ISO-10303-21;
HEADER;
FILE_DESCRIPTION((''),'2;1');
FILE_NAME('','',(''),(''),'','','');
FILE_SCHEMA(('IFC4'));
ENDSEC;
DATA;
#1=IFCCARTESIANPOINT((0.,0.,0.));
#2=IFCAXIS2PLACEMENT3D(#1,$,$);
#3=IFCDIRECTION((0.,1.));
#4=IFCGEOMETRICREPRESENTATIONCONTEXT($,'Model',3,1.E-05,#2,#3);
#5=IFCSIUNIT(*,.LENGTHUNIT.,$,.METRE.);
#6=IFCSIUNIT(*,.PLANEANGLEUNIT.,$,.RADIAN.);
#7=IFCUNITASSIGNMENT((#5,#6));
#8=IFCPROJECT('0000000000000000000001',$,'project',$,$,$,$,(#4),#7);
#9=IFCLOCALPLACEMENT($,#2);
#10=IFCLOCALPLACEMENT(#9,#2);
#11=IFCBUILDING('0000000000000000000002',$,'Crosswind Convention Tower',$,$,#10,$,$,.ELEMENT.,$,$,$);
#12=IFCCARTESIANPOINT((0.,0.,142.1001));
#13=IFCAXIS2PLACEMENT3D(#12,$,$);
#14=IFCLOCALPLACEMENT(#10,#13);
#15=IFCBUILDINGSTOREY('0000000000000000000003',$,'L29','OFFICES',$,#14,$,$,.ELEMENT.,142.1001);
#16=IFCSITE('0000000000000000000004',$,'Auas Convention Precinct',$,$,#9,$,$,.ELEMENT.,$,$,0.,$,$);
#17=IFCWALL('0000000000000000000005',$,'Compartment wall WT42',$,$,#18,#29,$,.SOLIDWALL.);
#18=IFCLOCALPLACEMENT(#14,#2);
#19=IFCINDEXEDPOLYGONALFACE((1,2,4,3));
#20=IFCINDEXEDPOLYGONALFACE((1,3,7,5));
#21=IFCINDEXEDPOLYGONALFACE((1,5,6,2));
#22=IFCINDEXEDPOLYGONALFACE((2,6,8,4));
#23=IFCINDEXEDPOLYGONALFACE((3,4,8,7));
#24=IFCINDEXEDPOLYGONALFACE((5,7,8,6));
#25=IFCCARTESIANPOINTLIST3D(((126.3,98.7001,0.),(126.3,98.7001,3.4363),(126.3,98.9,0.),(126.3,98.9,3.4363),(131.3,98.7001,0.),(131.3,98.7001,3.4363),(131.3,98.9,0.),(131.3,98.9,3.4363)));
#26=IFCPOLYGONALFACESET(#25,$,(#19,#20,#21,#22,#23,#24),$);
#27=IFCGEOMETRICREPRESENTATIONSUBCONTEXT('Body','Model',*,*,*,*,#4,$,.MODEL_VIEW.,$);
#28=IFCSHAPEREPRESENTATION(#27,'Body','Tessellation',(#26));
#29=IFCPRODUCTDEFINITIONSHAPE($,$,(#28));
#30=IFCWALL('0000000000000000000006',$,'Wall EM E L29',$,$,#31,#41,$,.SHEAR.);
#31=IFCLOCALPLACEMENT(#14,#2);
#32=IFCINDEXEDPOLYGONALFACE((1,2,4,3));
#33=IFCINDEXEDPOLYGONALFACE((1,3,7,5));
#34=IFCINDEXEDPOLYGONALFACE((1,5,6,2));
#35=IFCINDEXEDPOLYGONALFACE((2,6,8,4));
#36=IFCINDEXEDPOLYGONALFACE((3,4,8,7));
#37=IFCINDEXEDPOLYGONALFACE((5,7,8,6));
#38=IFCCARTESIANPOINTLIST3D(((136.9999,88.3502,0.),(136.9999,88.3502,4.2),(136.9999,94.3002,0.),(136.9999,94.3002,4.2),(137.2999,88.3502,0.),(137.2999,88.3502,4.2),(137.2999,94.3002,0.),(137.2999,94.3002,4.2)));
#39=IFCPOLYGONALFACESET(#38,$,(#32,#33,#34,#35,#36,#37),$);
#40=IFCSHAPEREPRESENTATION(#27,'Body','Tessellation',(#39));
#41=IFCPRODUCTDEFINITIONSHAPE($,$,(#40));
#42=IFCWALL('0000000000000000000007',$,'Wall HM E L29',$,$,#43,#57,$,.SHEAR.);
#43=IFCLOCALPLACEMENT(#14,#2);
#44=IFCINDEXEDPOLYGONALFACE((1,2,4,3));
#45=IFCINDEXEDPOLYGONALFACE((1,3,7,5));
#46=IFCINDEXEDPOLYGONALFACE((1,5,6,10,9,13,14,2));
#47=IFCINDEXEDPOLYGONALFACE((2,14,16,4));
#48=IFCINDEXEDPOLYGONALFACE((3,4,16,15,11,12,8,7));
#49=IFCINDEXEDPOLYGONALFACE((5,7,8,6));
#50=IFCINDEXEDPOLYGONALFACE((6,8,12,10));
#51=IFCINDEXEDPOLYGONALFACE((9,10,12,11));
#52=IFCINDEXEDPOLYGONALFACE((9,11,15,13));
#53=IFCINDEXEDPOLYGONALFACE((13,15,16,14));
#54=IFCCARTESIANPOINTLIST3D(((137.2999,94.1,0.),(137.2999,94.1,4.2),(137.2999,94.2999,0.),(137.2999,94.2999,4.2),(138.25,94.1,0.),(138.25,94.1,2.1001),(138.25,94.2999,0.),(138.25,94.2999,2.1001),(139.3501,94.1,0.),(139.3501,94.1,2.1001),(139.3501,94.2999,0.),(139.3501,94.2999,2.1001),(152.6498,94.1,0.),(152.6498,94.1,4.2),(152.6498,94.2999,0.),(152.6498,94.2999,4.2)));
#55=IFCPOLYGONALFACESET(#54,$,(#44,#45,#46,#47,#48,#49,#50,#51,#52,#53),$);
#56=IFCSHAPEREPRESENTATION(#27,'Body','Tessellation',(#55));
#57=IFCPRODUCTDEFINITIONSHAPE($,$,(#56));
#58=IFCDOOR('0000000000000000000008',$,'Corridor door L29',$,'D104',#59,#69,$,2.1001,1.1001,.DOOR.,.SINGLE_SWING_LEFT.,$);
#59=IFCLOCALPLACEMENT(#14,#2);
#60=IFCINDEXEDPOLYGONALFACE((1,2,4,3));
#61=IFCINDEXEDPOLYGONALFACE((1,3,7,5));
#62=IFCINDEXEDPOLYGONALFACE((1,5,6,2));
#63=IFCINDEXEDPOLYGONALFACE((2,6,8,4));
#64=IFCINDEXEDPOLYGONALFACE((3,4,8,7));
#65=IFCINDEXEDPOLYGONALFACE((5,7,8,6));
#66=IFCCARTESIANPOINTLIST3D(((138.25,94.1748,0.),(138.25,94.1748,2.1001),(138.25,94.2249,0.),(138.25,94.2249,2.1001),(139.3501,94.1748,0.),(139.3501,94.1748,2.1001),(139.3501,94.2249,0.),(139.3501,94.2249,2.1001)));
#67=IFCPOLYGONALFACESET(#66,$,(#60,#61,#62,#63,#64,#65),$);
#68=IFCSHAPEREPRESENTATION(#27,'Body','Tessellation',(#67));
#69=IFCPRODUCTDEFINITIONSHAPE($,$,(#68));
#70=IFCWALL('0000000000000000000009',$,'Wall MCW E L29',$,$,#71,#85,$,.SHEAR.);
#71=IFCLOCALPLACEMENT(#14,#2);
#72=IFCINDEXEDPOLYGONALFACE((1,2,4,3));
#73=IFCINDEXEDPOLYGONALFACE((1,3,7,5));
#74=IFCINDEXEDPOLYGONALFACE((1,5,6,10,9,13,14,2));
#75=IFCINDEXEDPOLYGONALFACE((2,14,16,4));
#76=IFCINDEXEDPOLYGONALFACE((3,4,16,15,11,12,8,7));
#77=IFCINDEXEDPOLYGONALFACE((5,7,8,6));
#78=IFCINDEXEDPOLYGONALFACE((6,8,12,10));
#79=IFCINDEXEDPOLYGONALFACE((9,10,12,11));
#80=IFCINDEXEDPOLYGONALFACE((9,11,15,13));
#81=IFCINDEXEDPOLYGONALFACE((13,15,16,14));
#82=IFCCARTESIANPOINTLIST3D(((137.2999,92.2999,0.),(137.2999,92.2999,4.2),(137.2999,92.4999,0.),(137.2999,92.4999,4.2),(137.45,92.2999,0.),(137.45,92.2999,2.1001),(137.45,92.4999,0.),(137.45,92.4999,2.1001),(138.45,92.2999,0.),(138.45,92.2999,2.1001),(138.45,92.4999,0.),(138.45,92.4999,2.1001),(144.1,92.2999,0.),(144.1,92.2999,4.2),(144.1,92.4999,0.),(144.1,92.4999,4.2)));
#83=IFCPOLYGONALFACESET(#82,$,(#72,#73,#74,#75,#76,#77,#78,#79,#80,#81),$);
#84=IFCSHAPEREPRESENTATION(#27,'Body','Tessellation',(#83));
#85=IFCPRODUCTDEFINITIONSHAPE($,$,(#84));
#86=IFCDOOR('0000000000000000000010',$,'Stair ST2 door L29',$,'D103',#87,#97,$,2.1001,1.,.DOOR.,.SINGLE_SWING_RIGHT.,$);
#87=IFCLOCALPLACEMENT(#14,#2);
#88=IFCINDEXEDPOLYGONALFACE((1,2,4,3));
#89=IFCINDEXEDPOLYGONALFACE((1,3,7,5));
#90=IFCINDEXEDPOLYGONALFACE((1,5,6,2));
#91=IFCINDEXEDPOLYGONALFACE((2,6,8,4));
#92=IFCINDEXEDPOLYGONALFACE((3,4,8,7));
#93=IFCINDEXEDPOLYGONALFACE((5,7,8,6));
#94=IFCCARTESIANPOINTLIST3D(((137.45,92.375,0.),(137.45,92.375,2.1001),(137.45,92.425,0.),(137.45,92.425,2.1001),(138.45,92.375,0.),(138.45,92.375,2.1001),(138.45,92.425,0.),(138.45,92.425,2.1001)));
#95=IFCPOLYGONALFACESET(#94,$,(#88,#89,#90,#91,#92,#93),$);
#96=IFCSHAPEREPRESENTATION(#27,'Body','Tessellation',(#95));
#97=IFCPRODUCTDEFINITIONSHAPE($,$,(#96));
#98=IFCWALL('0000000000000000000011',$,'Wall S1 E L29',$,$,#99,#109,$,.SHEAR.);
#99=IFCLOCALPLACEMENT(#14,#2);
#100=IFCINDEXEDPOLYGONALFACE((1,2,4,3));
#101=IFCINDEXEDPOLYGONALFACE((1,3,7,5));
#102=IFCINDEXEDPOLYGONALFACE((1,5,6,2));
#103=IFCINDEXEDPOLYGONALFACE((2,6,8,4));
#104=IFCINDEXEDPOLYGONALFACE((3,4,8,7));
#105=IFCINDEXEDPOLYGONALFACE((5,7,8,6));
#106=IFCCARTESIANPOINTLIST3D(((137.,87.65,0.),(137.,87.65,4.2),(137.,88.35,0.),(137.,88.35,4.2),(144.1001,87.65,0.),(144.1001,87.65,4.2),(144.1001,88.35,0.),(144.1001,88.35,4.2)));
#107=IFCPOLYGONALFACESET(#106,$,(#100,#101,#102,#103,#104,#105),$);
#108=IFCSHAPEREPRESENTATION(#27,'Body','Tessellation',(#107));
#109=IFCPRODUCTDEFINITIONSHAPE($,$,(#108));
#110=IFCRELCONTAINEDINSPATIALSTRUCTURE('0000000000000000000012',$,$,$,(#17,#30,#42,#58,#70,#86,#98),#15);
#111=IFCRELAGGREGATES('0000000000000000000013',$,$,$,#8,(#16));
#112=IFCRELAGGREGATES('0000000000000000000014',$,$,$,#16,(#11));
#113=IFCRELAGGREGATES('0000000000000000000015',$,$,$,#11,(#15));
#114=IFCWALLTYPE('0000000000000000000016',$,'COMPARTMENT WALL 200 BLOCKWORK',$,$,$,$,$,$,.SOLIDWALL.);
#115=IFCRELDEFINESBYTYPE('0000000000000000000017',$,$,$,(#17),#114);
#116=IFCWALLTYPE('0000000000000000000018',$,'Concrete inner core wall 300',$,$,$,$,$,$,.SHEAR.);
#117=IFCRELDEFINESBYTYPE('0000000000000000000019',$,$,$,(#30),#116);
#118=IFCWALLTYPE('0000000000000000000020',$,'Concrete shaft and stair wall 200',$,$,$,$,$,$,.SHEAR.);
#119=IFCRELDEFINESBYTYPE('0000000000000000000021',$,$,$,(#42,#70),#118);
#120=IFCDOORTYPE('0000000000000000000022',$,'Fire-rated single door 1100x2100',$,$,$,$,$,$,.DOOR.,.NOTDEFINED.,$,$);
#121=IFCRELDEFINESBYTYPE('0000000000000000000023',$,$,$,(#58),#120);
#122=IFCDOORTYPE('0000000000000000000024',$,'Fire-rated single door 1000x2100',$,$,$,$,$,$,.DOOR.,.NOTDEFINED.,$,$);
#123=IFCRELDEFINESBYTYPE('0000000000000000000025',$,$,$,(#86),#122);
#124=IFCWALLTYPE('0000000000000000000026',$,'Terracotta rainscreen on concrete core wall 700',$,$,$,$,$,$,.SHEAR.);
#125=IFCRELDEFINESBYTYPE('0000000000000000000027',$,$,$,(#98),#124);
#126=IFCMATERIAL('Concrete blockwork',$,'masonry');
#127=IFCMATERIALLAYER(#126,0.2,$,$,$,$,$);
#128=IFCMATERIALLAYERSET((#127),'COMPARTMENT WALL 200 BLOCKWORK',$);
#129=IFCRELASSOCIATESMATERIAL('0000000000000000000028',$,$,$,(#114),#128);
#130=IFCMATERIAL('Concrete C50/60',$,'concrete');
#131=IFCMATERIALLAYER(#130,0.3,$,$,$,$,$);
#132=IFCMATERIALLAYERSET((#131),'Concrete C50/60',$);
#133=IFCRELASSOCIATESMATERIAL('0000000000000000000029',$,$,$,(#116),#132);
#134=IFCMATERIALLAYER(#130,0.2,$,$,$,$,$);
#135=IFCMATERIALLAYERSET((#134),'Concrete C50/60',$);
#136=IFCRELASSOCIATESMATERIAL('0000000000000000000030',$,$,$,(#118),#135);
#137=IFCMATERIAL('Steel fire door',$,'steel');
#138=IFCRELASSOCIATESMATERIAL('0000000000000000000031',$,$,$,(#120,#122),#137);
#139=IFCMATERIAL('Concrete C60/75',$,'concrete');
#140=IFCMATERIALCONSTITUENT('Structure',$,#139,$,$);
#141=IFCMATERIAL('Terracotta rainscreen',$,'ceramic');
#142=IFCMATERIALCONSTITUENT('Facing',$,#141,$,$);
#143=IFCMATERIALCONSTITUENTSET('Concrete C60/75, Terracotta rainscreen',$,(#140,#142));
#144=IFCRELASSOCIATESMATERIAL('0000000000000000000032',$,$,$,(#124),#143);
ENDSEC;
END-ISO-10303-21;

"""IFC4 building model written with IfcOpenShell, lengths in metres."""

from ifc_helpers import new_model, si_unit, direction, frame, frame_2d, origin, place, context, subcontext, project, spatial, rectangle, extrude, material, layer, layer_set, constituent, constituent_set, type_object, element, fill, save


model = new_model("IFC4")

# Units and contexts
model_context = context("Model", 3, precision=1e-05, world=origin(), true_north=direction((0.0, 1.0)))
body_context = subcontext(model_context, "Body", "Model", "MODEL_VIEW")
ifc_project = project(units=[si_unit("LENGTHUNIT", "METRE"), si_unit("PLANEANGLEUNIT", "RADIAN")], contexts=[model_context])

# Site, building, storey
site_placement = place(None, origin())
site = spatial("IfcSite", under=ifc_project, at=site_placement, Name="Auas Convention Precinct", CompositionType="ELEMENT", RefElevation=0.0)
building_placement = place(site_placement, origin())
building = spatial("IfcBuilding", under=site, at=building_placement, Name="Crosswind Convention Tower", CompositionType="ELEMENT")
storey_placement = place(building_placement, frame((0.0, 0.0, 142.1001)))
storey = spatial("IfcBuildingStorey", under=building, at=storey_placement, Name="L29", Description="OFFICES", CompositionType="ELEMENT", Elevation=142.1001)

# Wall
ifc_material_1 = material(Name="Concrete blockwork", Category="masonry")
ifc_layer_1 = layer(ifc_material_1, 0.2)
ifc_layer_set_1 = layer_set([ifc_layer_1], Name="COMPARTMENT WALL 200 BLOCKWORK")
wall_type_1 = type_object("IfcWallType", Name="COMPARTMENT WALL 200 BLOCKWORK", PredefinedType="SOLIDWALL", material=ifc_layer_set_1)
wall_1_placement = place(storey_placement, frame((126.3, 98.8, 0.0), z_axis=(0.0, 0.0, 1.0), x_axis=(1.0, 0.0, 0.0)))
element("IfcWall", 1, at=wall_1_placement, inside=storey, type_object=wall_type_1, Name="Compartment wall WT42", PredefinedType="SOLIDWALL", context=body_context, shape_type="SweptSolid", body=[
    extrude(rectangle(XDim=5.0, YDim=0.2, at=frame_2d((2.5, 0.0))), origin(), (0.0, 0.0, 1.0), 3.4363),
])

# Shared definitions
ifc_material_2 = material(Name="Concrete C50/60", Category="concrete")
ifc_layer_2 = layer(ifc_material_2, 0.3)
ifc_layer_set_2 = layer_set([ifc_layer_2], Name="Concrete C50/60")
wall_type_2 = type_object("IfcWallType", Name="Concrete inner core wall 300", PredefinedType="SHEAR", material=ifc_layer_set_2)

# Wall
wall_2_placement = place(storey_placement, frame((137.1499, 88.3501, 0.0), z_axis=(0.0, 0.0, 1.0), x_axis=(0.0, 1.0, 0.0)))
element("IfcWall", 2, at=wall_2_placement, inside=storey, type_object=wall_type_2, Name="Wall EM E L29", PredefinedType="SHEAR", context=body_context, shape_type="SweptSolid", body=[
    extrude(rectangle(XDim=5.95, YDim=0.3, at=frame_2d((2.9751, 0.0))), origin(), (0.0, 0.0, 1.0), 4.2),
])

# Walls, openings, doors
ifc_layer_3 = layer(ifc_material_2, 0.2)
ifc_layer_set_3 = layer_set([ifc_layer_3], Name="Concrete C50/60")
wall_type_3 = type_object("IfcWallType", Name="Concrete shaft and stair wall 200", PredefinedType="SHEAR", material=ifc_layer_set_3)
wall_3_placement = place(storey_placement, frame((137.3, 94.2, 0.0), z_axis=(0.0, 0.0, 1.0), x_axis=(1.0, 0.0, 0.0)))
wall_3 = element("IfcWall", 3, at=wall_3_placement, inside=storey, type_object=wall_type_3, Name="Wall HM E L29", PredefinedType="SHEAR", context=body_context, shape_type="SweptSolid", body=[
    extrude(rectangle(XDim=15.3499, YDim=0.2, at=frame_2d((7.6748, 0.0))), origin(), (0.0, 0.0, 1.0), 4.2),
])
opening_1_placement = place(wall_3_placement, frame((0.95, 0.0, 0.0)))
opening_1 = element("IfcOpeningElement", 4, at=opening_1_placement, cuts=wall_3, PredefinedType="OPENING", context=body_context, shape_type="SweptSolid", body=[
    extrude(rectangle(XDim=1.1001, YDim=2.1001, at=frame_2d((0.55, 1.05))), frame((0.0, 0.1099, 0.0), z_axis=(0.0, -1.0, 0.0), x_axis=(1.0, 0.0, 0.0)), (0.0, 0.0, 1.0), 0.22),
])
ifc_material_3 = material(Name="Steel fire door", Category="steel")
door_type_1 = type_object("IfcDoorType", Name="Fire-rated single door 1100x2100", OperationType="NOTDEFINED", PredefinedType="DOOR", material=ifc_material_3)
door_1_placement = place(opening_1_placement, origin())
door_1 = element("IfcDoor", 5, at=door_1_placement, inside=storey, type_object=door_type_1, Name="Corridor door L29", ObjectType="D104", OperationType="SINGLE_SWING_LEFT", OverallHeight=2.1001, OverallWidth=1.1001, PredefinedType="DOOR", context=body_context, shape_type="SweptSolid", body=[
    extrude(rectangle(XDim=1.1001, YDim=2.1001, at=frame_2d((0.55, 1.05))), frame((0.0, 0.0249, 0.0), z_axis=(0.0, -1.0, 0.0), x_axis=(1.0, 0.0, 0.0)), (0.0, 0.0, 1.0), 0.05),
])
fill(opening_1, door_1)
wall_4_placement = place(storey_placement, frame((137.3, 92.3999, 0.0), z_axis=(0.0, 0.0, 1.0), x_axis=(1.0, 0.0, 0.0)))
wall_4 = element("IfcWall", 6, at=wall_4_placement, inside=storey, type_object=wall_type_3, Name="Wall MCW E L29", PredefinedType="SHEAR", context=body_context, shape_type="SweptSolid", body=[
    extrude(rectangle(XDim=6.8, YDim=0.2, at=frame_2d((3.3999, 0.0))), origin(), (0.0, 0.0, 1.0), 4.2),
])
opening_2_placement = place(wall_4_placement, frame((0.1499, 0.0, 0.0)))
opening_2 = element("IfcOpeningElement", 7, at=opening_2_placement, cuts=wall_4, PredefinedType="OPENING", context=body_context, shape_type="SweptSolid", body=[
    extrude(rectangle(XDim=1.0, YDim=2.1001, at=frame_2d((0.5, 1.05))), frame((0.0, 0.1099, 0.0), z_axis=(0.0, -1.0, 0.0), x_axis=(1.0, 0.0, 0.0)), (0.0, 0.0, 1.0), 0.22),
])
door_type_2 = type_object("IfcDoorType", Name="Fire-rated single door 1000x2100", OperationType="NOTDEFINED", PredefinedType="DOOR", material=ifc_material_3)
door_2_placement = place(opening_2_placement, frame((1.0, 0.0, 0.0), z_axis=(0.0, 0.0, 1.0), x_axis=(-1.0, 0.0, 0.0)))
door_2 = element("IfcDoor", 8, at=door_2_placement, inside=storey, type_object=door_type_2, Name="Stair ST2 door L29", ObjectType="D103", OperationType="SINGLE_SWING_RIGHT", OverallHeight=2.1001, OverallWidth=1.0, PredefinedType="DOOR", context=body_context, shape_type="SweptSolid", body=[
    extrude(rectangle(XDim=1.0, YDim=2.1001, at=frame_2d((0.5, 1.05))), frame((0.0, 0.0249, 0.0), z_axis=(0.0, -1.0, 0.0), x_axis=(1.0, 0.0, 0.0)), (0.0, 0.0, 1.0), 0.05),
])
fill(opening_2, door_2)

# Wall
ifc_material_4 = material(Name="Concrete C60/75", Category="concrete")
ifc_constituent_1 = constituent(ifc_material_4, Name="Structure")
ifc_material_5 = material(Name="Terracotta rainscreen", Category="ceramic")
ifc_constituent_2 = constituent(ifc_material_5, Name="Facing")
ifc_constituent_set = constituent_set(constituents=[ifc_constituent_1, ifc_constituent_2], Name="Concrete C60/75, Terracotta rainscreen")
wall_type_4 = type_object("IfcWallType", Name="Terracotta rainscreen on concrete core wall 700", PredefinedType="SHEAR", material=ifc_constituent_set)
wall_5_placement = place(storey_placement, frame((137.0, 88.0, 0.0), z_axis=(0.0, 0.0, 1.0), x_axis=(1.0, 0.0, 0.0)))
element("IfcWall", 9, at=wall_5_placement, inside=storey, type_object=wall_type_4, Name="Wall S1 E L29", PredefinedType="SHEAR", context=body_context, shape_type="SweptSolid", body=[
    extrude(rectangle(XDim=7.1001, YDim=0.7, at=frame_2d((3.55, 0.0))), origin(), (0.0, 0.0, 1.0), 4.2),
])

save(model, "model.ifc")
